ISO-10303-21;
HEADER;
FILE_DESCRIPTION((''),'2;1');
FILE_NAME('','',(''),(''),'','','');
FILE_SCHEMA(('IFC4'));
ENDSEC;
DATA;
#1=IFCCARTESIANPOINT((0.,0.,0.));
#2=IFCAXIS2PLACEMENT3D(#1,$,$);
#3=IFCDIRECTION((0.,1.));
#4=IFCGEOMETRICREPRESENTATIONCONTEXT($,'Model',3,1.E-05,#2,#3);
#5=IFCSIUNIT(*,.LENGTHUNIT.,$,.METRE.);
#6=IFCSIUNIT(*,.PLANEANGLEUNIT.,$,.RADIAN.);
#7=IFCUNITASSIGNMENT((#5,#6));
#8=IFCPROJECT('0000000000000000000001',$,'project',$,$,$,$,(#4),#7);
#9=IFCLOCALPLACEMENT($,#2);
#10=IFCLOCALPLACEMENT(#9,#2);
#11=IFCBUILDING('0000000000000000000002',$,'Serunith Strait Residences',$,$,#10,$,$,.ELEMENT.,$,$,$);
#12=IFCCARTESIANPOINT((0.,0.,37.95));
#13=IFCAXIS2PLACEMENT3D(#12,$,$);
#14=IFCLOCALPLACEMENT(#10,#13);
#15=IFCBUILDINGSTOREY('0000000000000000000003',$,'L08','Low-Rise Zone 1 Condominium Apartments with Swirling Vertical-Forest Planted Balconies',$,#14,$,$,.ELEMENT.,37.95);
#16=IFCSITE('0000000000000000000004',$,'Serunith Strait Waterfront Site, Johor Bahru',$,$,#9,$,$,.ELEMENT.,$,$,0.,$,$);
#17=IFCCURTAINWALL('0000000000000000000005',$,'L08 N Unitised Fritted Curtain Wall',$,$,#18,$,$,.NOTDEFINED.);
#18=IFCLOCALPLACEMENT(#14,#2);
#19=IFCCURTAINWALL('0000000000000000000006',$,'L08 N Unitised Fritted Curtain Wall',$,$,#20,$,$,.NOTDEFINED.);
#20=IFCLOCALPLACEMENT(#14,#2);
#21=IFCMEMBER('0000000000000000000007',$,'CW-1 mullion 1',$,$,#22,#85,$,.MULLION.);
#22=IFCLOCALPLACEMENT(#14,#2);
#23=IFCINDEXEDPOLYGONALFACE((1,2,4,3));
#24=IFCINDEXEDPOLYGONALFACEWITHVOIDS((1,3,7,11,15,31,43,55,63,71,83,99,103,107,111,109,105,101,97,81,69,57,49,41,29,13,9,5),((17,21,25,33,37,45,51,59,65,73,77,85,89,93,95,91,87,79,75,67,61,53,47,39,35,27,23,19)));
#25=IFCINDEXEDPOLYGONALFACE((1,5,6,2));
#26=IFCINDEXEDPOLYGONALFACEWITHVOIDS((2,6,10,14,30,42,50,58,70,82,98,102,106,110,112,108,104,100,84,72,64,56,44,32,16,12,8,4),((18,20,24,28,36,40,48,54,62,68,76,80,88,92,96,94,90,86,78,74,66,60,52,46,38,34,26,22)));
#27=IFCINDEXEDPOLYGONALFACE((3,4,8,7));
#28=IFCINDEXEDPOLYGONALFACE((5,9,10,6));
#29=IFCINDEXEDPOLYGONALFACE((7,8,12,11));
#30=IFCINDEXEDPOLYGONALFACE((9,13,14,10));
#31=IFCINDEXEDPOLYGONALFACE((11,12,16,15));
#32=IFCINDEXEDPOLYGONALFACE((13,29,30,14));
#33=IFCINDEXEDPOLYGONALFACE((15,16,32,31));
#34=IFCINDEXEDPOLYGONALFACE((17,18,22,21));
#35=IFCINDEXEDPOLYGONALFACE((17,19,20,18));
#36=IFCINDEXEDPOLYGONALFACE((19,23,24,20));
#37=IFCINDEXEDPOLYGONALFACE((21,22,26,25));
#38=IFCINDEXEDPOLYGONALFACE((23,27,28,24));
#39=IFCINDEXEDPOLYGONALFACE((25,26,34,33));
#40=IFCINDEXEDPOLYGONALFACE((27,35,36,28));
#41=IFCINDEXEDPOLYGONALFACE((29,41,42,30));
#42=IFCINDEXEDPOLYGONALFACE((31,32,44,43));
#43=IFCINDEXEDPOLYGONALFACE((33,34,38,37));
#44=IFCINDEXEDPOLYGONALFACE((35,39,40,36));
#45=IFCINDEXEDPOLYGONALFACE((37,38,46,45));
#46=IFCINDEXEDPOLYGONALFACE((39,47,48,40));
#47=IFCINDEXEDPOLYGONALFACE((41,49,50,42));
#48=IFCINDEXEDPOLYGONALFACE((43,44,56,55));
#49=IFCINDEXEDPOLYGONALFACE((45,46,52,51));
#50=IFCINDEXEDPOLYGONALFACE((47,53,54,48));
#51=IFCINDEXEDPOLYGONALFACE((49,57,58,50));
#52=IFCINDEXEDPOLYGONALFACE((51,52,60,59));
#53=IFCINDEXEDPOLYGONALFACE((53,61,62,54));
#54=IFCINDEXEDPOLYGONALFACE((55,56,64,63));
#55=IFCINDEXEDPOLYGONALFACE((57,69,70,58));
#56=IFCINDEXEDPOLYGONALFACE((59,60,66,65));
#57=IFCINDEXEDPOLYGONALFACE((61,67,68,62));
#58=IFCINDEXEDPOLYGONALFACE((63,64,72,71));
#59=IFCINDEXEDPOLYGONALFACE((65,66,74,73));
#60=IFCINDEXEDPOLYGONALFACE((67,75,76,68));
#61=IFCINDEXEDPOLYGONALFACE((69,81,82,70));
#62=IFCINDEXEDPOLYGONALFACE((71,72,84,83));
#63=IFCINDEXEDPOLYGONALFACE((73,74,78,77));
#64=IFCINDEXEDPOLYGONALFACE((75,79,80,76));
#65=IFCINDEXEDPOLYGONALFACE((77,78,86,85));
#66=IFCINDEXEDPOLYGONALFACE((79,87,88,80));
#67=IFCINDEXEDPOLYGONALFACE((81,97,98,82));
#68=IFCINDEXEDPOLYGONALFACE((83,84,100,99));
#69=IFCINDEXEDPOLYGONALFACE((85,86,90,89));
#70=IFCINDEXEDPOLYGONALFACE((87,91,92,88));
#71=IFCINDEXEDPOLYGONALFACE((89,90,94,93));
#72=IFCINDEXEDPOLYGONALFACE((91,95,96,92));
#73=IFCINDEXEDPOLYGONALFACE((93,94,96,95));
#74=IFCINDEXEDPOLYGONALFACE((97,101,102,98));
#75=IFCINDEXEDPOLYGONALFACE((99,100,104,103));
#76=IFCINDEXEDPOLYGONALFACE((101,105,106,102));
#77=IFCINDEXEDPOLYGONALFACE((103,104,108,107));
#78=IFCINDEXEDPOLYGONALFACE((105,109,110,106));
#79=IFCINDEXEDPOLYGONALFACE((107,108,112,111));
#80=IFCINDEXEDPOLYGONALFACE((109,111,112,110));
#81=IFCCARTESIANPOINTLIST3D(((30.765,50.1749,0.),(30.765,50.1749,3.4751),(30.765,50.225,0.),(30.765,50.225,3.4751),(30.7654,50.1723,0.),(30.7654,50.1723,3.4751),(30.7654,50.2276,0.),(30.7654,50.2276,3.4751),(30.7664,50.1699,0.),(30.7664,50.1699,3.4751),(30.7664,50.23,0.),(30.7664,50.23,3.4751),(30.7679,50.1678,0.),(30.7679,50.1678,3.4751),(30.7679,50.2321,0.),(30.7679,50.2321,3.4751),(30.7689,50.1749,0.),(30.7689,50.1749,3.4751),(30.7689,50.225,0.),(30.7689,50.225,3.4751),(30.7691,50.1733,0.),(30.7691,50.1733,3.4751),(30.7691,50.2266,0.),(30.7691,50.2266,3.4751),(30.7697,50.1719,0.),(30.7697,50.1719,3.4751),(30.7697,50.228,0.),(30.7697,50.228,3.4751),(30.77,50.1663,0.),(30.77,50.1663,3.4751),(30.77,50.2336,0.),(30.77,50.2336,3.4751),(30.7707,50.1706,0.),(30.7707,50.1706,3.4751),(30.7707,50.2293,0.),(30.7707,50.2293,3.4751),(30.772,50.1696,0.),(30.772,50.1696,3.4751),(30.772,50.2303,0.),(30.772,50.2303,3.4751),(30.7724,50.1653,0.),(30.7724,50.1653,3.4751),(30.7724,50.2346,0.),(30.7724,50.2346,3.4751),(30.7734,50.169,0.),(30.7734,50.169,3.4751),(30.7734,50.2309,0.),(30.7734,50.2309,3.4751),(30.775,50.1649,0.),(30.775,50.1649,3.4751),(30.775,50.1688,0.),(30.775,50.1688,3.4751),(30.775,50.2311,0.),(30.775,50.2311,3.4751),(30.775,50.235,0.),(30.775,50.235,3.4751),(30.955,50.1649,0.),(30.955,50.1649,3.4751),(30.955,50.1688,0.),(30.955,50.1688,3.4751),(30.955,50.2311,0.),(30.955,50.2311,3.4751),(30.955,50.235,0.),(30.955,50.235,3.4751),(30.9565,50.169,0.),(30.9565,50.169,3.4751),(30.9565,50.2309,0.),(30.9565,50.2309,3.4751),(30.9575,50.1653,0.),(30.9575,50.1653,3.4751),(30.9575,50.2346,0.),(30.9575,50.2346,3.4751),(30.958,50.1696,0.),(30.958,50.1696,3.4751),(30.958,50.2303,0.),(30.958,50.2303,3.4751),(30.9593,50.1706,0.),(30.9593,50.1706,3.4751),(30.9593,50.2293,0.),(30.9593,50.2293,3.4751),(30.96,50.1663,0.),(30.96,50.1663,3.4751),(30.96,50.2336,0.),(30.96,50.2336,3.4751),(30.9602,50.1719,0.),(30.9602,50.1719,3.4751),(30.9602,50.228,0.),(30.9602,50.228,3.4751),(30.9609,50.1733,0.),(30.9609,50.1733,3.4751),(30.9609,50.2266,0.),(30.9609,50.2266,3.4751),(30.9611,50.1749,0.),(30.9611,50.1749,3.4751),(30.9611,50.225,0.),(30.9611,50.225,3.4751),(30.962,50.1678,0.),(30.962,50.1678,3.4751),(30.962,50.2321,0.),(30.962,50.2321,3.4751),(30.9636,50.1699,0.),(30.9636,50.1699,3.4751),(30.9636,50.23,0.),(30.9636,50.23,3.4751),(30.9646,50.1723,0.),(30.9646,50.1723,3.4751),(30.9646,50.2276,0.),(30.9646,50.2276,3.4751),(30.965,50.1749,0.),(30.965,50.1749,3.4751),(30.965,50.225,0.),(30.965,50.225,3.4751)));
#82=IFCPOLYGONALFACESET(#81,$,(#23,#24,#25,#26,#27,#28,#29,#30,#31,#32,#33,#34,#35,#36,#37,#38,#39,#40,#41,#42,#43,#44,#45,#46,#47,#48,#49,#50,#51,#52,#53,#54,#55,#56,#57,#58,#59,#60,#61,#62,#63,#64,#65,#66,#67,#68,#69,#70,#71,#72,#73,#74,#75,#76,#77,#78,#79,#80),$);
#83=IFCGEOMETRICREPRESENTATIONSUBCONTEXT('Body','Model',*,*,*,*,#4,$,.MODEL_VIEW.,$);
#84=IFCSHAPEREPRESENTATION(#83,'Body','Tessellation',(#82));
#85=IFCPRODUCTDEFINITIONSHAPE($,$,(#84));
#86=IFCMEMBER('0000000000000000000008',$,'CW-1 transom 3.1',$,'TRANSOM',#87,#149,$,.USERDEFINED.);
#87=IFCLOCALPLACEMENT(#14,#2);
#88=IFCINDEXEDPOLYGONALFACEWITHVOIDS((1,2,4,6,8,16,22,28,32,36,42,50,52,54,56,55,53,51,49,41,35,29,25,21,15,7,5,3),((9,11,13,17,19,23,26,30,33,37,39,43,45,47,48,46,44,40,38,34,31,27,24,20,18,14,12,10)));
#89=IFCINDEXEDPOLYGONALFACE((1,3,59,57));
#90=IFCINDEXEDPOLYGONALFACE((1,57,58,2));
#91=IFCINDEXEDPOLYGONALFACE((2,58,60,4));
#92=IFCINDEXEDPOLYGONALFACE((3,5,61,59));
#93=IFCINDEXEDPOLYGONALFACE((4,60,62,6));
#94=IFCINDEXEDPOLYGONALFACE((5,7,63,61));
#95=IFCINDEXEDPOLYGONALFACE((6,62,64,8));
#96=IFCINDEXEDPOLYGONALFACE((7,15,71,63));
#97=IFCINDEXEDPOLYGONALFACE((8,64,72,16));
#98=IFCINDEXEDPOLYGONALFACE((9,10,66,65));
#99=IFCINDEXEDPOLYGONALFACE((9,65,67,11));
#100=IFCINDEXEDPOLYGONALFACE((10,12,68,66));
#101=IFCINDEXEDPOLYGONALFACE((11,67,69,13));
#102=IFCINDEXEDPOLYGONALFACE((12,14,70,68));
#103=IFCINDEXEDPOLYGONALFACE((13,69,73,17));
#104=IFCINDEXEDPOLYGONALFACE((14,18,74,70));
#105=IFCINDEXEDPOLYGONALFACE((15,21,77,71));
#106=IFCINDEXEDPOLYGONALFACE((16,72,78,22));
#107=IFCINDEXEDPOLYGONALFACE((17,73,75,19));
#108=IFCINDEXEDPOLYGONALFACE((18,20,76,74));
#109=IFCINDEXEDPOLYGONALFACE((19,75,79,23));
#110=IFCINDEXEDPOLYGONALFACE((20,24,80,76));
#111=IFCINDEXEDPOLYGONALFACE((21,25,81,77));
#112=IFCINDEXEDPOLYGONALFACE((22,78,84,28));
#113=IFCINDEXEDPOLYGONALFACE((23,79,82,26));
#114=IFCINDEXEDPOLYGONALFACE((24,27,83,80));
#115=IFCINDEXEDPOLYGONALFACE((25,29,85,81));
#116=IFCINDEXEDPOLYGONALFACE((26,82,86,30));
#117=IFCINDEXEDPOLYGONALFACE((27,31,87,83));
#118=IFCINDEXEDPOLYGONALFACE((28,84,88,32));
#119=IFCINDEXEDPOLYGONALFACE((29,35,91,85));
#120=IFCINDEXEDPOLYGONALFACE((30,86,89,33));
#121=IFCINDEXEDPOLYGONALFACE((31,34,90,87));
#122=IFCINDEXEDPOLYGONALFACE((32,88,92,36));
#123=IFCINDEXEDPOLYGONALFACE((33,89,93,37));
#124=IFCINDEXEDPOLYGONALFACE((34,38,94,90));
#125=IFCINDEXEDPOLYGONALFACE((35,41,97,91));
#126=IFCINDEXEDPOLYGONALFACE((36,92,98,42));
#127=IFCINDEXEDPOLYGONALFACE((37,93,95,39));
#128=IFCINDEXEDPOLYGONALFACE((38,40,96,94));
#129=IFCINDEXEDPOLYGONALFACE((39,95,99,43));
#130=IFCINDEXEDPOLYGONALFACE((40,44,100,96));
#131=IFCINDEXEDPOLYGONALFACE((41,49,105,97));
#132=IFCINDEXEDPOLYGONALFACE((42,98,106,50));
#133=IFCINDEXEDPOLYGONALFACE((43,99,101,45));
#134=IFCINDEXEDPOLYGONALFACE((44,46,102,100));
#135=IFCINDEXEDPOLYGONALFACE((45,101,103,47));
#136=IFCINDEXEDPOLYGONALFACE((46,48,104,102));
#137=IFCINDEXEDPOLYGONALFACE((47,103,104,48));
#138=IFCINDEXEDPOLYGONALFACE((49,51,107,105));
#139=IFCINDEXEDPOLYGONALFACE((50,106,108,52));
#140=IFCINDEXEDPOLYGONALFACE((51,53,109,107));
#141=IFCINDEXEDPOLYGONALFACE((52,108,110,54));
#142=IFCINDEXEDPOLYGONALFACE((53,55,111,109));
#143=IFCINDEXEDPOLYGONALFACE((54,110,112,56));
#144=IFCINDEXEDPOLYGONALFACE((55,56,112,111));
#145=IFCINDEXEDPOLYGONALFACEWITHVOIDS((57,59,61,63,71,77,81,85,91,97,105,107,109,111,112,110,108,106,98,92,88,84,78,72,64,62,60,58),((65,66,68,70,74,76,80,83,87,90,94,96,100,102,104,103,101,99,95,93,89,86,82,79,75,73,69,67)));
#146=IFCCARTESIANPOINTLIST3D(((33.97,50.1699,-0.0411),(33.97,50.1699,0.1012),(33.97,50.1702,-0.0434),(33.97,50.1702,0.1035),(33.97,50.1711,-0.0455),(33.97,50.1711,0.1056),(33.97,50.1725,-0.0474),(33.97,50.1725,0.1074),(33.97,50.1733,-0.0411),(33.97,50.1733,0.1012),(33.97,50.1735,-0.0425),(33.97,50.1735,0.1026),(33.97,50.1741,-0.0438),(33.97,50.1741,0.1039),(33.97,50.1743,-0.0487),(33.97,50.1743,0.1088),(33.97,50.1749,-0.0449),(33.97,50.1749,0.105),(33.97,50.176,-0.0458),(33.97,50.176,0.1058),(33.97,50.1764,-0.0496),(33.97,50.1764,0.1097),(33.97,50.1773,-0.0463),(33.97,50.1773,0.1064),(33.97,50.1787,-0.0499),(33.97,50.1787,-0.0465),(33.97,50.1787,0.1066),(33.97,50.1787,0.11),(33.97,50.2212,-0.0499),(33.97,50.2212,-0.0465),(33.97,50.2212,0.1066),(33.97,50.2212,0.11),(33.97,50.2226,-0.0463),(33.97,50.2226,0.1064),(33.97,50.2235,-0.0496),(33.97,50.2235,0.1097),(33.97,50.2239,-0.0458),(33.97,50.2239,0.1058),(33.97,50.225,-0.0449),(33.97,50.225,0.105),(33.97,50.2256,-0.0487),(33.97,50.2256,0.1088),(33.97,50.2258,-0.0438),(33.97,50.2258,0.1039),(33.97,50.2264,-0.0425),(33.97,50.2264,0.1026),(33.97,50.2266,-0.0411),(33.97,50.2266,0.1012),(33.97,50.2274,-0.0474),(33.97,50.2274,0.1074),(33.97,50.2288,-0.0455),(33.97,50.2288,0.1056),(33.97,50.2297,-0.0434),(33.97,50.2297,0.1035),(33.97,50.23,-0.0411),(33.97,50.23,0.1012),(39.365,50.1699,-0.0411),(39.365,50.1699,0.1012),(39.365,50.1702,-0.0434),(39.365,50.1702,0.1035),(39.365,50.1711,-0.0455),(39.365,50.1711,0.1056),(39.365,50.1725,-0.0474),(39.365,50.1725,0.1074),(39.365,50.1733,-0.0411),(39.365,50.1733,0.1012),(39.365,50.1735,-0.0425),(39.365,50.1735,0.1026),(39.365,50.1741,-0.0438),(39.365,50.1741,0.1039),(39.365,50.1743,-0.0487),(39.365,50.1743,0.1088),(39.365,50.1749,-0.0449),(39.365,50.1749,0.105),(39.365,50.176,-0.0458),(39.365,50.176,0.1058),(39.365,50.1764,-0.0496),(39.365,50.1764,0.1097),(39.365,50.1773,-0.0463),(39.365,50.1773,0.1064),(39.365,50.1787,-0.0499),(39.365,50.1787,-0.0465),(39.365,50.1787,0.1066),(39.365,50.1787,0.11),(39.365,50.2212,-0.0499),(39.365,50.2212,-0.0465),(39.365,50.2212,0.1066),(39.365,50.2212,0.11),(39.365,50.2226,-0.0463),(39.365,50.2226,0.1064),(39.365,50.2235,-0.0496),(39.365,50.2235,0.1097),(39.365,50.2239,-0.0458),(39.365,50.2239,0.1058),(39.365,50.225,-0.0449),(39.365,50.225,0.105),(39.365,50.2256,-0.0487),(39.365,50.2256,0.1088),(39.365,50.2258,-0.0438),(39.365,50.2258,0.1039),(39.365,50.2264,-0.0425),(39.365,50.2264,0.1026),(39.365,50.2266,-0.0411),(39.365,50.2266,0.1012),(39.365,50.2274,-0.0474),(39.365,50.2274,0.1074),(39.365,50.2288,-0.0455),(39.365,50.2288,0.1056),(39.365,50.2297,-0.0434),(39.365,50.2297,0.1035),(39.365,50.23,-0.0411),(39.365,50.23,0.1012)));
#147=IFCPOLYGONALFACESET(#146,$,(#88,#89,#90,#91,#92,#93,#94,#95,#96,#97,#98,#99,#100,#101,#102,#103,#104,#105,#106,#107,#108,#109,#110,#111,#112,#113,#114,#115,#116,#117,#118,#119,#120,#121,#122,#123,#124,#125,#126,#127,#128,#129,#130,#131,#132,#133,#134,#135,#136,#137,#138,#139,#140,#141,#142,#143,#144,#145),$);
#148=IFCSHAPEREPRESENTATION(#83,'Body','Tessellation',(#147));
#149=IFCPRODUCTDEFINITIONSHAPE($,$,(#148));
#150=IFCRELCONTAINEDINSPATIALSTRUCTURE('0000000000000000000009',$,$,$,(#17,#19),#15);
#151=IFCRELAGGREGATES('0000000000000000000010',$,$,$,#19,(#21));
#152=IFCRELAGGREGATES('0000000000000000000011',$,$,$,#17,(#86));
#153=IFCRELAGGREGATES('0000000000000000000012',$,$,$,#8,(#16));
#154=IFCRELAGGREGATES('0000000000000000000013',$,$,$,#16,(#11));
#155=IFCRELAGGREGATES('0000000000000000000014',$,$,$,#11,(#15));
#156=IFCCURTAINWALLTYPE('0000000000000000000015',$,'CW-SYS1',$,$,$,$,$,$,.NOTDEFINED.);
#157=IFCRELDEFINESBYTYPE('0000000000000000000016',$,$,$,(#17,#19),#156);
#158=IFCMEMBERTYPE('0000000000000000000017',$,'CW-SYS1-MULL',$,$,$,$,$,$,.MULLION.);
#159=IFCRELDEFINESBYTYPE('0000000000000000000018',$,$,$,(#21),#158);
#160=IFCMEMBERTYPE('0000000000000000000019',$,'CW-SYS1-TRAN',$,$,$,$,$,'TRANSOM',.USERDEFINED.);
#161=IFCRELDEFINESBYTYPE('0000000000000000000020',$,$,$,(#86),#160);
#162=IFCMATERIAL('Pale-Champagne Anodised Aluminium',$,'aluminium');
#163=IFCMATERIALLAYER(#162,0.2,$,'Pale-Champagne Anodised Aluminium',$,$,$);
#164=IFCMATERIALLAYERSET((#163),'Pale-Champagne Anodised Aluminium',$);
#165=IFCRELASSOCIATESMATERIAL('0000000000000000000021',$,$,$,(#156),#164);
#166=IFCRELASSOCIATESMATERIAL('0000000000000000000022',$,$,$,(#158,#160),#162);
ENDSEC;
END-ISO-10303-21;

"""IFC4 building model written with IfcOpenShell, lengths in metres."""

from ifc_helpers import new_model, si_unit, direction, frame, origin, origin_2d, place, context, subcontext, project, spatial, hollow_rectangle, extrude, source, transform, mapped, material, layer, layer_set, material_profile, profile_set, type_object, element, aggregate, save


model = new_model("IFC4")

# Units and contexts
model_context = context("Model", 3, precision=1e-05, world=origin(), true_north=direction((0.0, 1.0)))
body_context = subcontext(model_context, "Body", "Model", "MODEL_VIEW")
ifc_project = project(units=[si_unit("LENGTHUNIT", "METRE"), si_unit("PLANEANGLEUNIT", "RADIAN")], contexts=[model_context])

# Site, building, storey
site_placement = place(None, origin())
site = spatial("IfcSite", under=ifc_project, at=site_placement, Name="Serunith Strait Waterfront Site, Johor Bahru", CompositionType="ELEMENT", RefElevation=0.0)
building_placement = place(site_placement, origin())
building = spatial("IfcBuilding", under=site, at=building_placement, Name="Serunith Strait Residences", CompositionType="ELEMENT")
storey_placement = place(building_placement, frame((0.0, 0.0, 37.95)))
storey = spatial("IfcBuildingStorey", under=building, at=storey_placement, Name="L08", Description="Low-Rise Zone 1 Condominium Apartments with Swirling Vertical-Forest Planted Balconies", CompositionType="ELEMENT", Elevation=37.95)

# Curtain wall
ifc_material_1 = material(Name="Pale-Champagne Anodised Aluminium", Category="aluminium")
ifc_layer_1 = layer(ifc_material_1, 0.2, Name="Pale-Champagne Anodised Aluminium")
ifc_layer_set_1 = layer_set([ifc_layer_1], Name="Pale-Champagne Anodised Aluminium")
curtain_wall_type = type_object("IfcCurtainWallType", Name="CW-SYS1", PredefinedType="NOTDEFINED", material=ifc_layer_set_1)
curtain_wall_1_placement = place(storey_placement, origin())
curtain_wall_1 = element("IfcCurtainWall", 1, at=curtain_wall_1_placement, inside=storey, type_object=curtain_wall_type, Name="L08 N Unitised Fritted Curtain Wall", PredefinedType="NOTDEFINED")
ifc_material_profile_1 = material_profile(ifc_material_1, hollow_rectangle(XDim=0.0701, YDim=0.2, WallThickness=0.0039, InnerFilletRadius=0.0061, OuterFilletRadius=0.01, at=origin_2d()), Name="ALU 200x70x4")
ifc_profile_set_1 = profile_set([ifc_material_profile_1], Name="Pale-Champagne Anodised Aluminium")
member_type_1 = type_object("IfcMemberType", Name="CW-SYS1-MULL", PredefinedType="MULLION", material=ifc_profile_set_1)
shared_shape_1 = source(origin(), body_context, "Body", "SweptSolid", [
    extrude(hollow_rectangle(XDim=0.0701, YDim=0.2, WallThickness=0.0039, InnerFilletRadius=0.0061, OuterFilletRadius=0.01, at=origin_2d()), origin(), (0.0, 0.0, 1.0), 3.4751),
])

# Curtain wall, member
curtain_wall_2_placement = place(storey_placement, origin())
curtain_wall_2 = element("IfcCurtainWall", 2, at=curtain_wall_2_placement, inside=storey, type_object=curtain_wall_type, Name="L08 N Unitised Fritted Curtain Wall", PredefinedType="NOTDEFINED")
member_1_placement = place(storey_placement, frame((30.865, 50.2, 0.0), z_axis=(0.0, 0.0, 1.0), x_axis=(0.0, -1.0, 0.0)))
member_1 = element("IfcMember", 3, at=member_1_placement, type_object=member_type_1, Name="CW-1 mullion 1", PredefinedType="MULLION", context=body_context, shape_type="MappedRepresentation", body=[
    mapped(shared_shape_1, transform((0.0, 0.0, 0.0), scale=1.0)),
])

# Member
ifc_material_profile_2 = material_profile(ifc_material_1, hollow_rectangle(XDim=0.0601, YDim=0.1599, WallThickness=0.0034, InnerFilletRadius=0.0054, OuterFilletRadius=0.0088, at=origin_2d()), Name="ALU 160x60x3.5")
ifc_profile_set_2 = profile_set([ifc_material_profile_2], Name="Pale-Champagne Anodised Aluminium")
member_type_2 = type_object("IfcMemberType", Name="CW-SYS1-TRAN", ElementType="TRANSOM", PredefinedType="USERDEFINED", material=ifc_profile_set_2)
shared_shape_2 = source(origin(), body_context, "Body", "SweptSolid", [
    extrude(hollow_rectangle(XDim=0.0601, YDim=0.1599, WallThickness=0.0034, InnerFilletRadius=0.0054, OuterFilletRadius=0.0088, at=origin_2d()), origin(), (0.0, 0.0, 1.0), 5.395),
])
member_2_placement = place(storey_placement, frame((39.365, 50.2, 0.03), z_axis=(-1.0, 0.0, 0.0), x_axis=(0.0, -1.0, 0.0)))
member_2 = element("IfcMember", 4, at=member_2_placement, type_object=member_type_2, Name="CW-1 transom 3.1", ObjectType="TRANSOM", PredefinedType="USERDEFINED", context=body_context, shape_type="MappedRepresentation", body=[
    mapped(shared_shape_2, transform((0.0, 0.0, 0.0), scale=1.0)),
])
aggregate(curtain_wall_2, [member_1])

aggregate(curtain_wall_1, [member_2])

save(model, "model.ifc")
